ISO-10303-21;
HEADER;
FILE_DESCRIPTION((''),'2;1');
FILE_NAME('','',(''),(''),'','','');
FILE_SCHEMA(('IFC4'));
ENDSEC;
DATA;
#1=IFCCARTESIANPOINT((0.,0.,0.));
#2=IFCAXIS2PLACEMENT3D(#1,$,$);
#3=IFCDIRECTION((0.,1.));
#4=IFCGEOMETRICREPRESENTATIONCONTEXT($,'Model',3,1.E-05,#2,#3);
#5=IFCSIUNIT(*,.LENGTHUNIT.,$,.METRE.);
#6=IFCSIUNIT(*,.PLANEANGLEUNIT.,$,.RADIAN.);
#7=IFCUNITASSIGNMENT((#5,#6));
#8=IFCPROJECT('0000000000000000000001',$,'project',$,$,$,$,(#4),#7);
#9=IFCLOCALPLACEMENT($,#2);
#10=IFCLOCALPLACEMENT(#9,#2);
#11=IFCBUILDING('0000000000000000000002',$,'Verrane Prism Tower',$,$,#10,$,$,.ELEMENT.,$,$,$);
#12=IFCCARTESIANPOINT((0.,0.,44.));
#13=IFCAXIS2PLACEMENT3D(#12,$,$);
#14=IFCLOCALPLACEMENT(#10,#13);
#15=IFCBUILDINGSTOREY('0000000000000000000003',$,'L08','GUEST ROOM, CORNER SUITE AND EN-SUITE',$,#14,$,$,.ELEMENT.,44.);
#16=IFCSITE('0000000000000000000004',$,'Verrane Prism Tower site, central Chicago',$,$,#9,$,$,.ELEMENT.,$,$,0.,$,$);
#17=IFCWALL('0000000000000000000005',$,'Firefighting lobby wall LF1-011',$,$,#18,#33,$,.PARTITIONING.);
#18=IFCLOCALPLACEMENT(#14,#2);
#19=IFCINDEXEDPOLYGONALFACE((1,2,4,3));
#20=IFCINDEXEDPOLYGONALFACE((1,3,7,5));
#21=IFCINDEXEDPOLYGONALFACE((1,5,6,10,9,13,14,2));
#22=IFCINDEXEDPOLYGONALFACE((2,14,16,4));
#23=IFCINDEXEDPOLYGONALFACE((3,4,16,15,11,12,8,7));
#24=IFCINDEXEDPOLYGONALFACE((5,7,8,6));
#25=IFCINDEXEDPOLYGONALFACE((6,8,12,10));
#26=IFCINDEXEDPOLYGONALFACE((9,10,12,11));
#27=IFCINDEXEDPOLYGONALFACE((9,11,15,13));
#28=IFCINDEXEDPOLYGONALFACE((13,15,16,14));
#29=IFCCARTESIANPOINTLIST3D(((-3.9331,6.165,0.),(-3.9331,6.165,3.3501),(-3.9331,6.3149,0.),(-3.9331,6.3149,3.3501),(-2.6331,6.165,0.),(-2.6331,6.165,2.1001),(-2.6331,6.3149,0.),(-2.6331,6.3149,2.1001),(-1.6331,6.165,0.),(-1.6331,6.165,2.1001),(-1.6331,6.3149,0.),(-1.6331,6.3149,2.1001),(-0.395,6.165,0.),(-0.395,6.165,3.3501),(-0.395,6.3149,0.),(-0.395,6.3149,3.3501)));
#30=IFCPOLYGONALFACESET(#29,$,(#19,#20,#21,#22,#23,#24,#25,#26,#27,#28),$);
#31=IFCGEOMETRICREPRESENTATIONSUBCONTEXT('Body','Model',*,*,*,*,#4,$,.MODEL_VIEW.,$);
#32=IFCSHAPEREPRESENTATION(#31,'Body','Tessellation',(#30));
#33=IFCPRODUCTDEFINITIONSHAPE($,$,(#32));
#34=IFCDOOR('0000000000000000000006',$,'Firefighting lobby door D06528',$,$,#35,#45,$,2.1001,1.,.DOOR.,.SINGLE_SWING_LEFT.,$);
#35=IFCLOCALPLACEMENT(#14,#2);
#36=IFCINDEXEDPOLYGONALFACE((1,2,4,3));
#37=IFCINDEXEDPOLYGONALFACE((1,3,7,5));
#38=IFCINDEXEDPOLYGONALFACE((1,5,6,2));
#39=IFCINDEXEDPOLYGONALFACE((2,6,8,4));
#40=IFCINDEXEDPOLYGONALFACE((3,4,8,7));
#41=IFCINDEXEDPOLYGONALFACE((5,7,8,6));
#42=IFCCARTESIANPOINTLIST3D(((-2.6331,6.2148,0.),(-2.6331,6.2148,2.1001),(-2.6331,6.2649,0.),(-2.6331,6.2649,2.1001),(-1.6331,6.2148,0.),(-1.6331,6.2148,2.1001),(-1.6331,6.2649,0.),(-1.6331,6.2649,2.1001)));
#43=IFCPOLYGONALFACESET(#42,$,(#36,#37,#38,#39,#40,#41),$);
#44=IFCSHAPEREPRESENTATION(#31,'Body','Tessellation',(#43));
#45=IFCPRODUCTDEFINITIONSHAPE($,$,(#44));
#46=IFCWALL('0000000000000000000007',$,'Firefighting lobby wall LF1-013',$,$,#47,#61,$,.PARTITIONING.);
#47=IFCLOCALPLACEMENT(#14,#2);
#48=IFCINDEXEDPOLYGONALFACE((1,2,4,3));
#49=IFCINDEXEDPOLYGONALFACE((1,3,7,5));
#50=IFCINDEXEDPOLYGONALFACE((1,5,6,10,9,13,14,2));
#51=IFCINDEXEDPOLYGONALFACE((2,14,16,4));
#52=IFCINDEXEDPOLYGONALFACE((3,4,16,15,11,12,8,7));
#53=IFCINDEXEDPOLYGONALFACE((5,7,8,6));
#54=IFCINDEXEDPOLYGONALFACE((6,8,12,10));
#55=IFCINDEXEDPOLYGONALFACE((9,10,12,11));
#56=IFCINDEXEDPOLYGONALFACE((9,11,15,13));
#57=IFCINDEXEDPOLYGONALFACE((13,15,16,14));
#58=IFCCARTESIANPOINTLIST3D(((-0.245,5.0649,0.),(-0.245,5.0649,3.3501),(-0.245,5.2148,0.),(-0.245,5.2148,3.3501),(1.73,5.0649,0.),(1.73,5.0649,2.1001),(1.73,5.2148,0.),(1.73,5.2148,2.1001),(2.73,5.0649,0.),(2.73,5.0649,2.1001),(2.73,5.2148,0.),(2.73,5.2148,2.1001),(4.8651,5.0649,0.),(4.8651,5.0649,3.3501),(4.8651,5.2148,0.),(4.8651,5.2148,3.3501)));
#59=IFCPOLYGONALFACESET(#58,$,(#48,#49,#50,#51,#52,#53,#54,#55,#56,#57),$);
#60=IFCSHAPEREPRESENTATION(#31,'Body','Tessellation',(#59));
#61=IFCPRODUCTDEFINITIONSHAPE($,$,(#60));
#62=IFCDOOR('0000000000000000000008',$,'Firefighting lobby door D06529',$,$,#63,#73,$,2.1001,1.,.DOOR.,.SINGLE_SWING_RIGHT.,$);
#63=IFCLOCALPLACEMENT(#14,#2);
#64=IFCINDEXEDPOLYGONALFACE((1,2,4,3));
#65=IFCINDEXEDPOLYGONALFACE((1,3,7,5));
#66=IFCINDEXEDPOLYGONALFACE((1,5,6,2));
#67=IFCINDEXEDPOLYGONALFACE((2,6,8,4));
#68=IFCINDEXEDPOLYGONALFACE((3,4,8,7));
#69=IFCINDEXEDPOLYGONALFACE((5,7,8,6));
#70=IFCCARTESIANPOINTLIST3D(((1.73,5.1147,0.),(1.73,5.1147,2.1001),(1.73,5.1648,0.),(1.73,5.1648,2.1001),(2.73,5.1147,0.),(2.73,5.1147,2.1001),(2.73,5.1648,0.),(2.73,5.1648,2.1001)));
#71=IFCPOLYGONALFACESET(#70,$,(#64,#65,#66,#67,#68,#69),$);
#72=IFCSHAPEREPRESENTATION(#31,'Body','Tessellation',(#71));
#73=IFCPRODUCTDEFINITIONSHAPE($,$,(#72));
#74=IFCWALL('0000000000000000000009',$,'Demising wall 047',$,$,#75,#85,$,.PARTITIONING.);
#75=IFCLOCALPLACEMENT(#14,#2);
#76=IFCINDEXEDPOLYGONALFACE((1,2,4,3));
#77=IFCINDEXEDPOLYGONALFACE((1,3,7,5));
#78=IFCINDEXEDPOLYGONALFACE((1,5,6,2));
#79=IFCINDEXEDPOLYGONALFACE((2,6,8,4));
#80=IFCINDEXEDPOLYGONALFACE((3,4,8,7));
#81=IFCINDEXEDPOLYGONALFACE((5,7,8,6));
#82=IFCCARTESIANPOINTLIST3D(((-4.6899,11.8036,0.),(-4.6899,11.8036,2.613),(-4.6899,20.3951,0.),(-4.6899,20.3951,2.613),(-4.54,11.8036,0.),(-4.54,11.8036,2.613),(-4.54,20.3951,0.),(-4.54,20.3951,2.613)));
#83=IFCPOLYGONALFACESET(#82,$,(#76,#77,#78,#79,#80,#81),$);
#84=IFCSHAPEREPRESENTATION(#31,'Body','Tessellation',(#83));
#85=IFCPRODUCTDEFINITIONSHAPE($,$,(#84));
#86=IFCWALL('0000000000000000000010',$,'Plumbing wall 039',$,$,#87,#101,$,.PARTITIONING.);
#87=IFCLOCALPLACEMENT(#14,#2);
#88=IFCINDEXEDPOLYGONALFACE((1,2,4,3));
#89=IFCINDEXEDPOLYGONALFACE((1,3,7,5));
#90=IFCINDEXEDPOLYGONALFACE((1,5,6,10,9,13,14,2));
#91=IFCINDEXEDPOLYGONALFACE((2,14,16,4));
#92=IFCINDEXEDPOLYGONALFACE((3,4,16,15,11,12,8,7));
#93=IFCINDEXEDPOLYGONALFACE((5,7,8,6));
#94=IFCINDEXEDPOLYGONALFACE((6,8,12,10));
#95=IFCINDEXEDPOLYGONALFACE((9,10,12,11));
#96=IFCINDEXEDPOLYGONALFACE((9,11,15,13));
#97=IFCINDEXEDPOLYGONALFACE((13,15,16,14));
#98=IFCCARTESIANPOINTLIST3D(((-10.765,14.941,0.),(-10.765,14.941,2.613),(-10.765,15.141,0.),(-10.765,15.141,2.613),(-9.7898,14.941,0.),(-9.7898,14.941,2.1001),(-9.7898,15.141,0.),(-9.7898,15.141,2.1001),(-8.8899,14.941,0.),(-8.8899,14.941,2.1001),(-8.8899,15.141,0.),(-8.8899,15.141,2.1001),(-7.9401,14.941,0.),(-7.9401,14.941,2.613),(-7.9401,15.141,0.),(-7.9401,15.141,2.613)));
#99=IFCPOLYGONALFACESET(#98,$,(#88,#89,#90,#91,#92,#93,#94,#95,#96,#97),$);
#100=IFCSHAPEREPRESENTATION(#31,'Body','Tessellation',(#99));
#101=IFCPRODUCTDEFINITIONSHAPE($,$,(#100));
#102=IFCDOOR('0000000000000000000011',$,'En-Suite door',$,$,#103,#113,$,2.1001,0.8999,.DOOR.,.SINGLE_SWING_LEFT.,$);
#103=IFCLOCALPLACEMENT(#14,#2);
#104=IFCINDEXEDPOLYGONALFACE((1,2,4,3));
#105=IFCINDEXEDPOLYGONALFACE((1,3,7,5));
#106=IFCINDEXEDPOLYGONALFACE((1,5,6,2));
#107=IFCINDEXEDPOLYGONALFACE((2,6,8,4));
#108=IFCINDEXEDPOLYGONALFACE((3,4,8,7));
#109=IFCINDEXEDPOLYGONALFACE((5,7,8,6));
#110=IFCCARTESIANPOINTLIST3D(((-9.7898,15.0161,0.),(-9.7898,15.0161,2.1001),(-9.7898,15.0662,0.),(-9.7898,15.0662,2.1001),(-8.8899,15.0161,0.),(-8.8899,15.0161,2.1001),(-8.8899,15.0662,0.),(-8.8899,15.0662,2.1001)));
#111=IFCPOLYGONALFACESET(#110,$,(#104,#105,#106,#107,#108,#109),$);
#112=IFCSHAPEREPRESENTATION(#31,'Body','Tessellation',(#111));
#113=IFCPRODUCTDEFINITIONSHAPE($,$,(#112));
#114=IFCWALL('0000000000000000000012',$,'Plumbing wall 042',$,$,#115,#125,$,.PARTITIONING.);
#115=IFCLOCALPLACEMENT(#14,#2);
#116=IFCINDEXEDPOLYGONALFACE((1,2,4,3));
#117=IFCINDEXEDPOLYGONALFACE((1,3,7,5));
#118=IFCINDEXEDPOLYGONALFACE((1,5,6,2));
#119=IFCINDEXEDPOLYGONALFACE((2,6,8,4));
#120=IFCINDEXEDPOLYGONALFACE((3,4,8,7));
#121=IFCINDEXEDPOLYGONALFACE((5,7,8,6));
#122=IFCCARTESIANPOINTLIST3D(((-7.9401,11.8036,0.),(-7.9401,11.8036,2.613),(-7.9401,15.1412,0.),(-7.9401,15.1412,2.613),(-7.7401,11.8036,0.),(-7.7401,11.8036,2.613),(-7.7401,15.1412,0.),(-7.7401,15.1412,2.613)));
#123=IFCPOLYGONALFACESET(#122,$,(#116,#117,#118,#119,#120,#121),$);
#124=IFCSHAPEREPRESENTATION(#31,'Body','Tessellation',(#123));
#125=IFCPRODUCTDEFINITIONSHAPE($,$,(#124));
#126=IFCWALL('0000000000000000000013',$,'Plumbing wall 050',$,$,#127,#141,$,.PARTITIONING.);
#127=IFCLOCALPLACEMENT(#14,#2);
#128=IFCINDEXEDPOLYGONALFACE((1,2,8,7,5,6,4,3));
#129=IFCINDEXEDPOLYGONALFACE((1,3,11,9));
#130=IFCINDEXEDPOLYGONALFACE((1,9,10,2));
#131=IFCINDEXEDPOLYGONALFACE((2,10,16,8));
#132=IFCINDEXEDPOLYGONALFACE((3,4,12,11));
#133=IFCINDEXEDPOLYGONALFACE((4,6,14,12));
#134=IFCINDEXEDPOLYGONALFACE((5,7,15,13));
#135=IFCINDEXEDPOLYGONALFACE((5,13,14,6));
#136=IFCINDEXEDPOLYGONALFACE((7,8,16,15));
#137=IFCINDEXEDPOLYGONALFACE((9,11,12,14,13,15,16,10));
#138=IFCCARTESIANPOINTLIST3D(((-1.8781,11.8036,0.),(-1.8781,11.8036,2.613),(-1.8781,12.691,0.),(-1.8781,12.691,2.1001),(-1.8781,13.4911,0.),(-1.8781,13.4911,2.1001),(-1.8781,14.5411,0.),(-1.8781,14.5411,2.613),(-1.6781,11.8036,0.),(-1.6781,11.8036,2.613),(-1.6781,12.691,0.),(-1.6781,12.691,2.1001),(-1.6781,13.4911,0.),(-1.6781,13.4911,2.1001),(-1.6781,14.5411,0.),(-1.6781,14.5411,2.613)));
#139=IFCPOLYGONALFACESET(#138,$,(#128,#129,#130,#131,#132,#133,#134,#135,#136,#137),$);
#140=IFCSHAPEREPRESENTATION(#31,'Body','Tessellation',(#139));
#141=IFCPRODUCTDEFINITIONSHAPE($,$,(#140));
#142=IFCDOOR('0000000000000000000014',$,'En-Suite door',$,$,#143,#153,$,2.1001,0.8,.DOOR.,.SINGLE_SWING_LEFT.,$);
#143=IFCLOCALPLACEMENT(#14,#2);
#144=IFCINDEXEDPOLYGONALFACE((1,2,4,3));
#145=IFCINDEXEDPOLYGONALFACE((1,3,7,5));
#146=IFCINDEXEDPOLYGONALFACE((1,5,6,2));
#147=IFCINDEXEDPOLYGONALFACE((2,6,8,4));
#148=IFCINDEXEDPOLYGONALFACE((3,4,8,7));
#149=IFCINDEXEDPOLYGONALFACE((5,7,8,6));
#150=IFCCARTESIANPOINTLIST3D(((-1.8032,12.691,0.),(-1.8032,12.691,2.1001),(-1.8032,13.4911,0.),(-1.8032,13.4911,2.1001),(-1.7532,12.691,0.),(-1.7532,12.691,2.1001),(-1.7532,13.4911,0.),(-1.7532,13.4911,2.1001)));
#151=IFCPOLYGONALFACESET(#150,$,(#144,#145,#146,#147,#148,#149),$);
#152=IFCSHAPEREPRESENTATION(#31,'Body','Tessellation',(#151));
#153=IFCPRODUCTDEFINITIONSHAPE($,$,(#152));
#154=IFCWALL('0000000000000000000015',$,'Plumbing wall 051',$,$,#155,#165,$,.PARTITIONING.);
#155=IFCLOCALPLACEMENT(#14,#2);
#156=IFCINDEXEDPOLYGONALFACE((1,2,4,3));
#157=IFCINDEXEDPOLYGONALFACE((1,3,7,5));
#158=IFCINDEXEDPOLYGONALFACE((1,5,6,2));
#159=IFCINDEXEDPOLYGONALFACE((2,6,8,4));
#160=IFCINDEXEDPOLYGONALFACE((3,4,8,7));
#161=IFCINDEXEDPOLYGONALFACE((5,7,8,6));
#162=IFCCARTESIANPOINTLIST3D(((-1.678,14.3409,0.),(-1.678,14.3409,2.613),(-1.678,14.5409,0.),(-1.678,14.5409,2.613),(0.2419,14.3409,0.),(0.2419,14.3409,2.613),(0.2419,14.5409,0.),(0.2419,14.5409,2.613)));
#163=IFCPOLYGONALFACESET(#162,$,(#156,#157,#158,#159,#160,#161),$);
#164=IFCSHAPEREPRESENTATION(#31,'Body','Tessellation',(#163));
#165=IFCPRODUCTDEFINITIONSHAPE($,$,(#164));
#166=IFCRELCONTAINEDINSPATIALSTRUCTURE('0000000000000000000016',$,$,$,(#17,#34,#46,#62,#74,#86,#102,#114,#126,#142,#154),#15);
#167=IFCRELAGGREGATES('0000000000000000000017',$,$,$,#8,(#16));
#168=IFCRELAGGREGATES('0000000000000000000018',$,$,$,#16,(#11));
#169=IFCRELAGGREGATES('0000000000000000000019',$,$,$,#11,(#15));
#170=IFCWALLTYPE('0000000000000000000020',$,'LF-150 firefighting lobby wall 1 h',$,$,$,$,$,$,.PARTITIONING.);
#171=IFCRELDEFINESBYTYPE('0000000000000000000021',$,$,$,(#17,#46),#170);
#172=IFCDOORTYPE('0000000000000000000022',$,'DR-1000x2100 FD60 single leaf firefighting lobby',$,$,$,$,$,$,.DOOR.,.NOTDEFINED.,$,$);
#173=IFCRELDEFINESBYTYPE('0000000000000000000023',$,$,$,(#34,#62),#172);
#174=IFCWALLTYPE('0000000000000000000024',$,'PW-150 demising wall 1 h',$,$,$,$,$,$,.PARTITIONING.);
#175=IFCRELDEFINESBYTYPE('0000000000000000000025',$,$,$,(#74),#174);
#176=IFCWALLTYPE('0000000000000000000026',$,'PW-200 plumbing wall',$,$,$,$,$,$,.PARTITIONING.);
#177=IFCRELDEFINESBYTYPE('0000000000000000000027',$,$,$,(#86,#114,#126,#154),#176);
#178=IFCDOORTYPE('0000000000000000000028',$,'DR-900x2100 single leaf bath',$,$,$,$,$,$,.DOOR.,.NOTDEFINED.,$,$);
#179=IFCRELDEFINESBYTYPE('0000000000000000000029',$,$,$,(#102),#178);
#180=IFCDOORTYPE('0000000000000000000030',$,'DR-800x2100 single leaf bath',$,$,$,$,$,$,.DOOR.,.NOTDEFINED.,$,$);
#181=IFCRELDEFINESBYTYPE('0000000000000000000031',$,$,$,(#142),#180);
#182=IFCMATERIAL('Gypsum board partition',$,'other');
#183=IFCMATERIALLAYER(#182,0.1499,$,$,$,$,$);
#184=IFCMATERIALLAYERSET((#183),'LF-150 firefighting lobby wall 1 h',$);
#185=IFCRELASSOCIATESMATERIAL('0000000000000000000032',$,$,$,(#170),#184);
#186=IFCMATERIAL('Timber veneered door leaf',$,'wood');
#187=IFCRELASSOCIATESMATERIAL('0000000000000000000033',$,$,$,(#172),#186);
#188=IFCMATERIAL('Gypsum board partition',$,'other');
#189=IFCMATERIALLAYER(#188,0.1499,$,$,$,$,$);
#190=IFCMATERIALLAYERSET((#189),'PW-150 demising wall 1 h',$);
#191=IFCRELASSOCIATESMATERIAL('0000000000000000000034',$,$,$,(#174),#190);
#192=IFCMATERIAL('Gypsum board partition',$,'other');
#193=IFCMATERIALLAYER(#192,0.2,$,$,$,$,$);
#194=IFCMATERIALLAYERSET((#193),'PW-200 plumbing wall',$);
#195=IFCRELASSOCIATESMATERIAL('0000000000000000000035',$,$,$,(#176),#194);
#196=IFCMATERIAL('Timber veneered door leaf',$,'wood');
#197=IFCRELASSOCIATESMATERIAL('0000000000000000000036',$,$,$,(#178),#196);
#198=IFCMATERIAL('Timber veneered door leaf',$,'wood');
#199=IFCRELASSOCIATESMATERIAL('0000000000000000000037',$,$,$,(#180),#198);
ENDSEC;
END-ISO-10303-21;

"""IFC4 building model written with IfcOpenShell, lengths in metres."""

from ifc_helpers import new_model, si_unit, direction, frame, frame_2d, origin, place, context, subcontext, project, spatial, rectangle, extrude, material, layer, layer_set, type_object, element, fill, save


model = new_model("IFC4")

# Units and contexts
model_context = context("Model", 3, precision=1e-05, world=origin(), true_north=direction((0.0, 1.0)))
body_context = subcontext(model_context, "Body", "Model", "MODEL_VIEW")
ifc_project = project(units=[si_unit("LENGTHUNIT", "METRE"), si_unit("PLANEANGLEUNIT", "RADIAN")], contexts=[model_context])

# Site, building, storey
site_placement = place(None, origin())
site = spatial("IfcSite", under=ifc_project, at=site_placement, Name="Verrane Prism Tower site, central Chicago", CompositionType="ELEMENT", RefElevation=0.0)
building_placement = place(site_placement, origin())
building = spatial("IfcBuilding", under=site, at=building_placement, Name="Verrane Prism Tower", CompositionType="ELEMENT")
storey_placement = place(building_placement, frame((0.0, 0.0, 44.0)))
storey = spatial("IfcBuildingStorey", under=building, at=storey_placement, Name="L08", Description="GUEST ROOM, CORNER SUITE AND EN-SUITE", CompositionType="ELEMENT", Elevation=44.0)

# Walls, openings, doors
ifc_material_1 = material(Name="Gypsum board partition", Category="other")
ifc_layer_1 = layer(ifc_material_1, 0.1499)
ifc_layer_set_1 = layer_set([ifc_layer_1], Name="LF-150 firefighting lobby wall 1 h")
wall_type_1 = type_object("IfcWallType", Name="LF-150 firefighting lobby wall 1 h", PredefinedType="PARTITIONING", material=ifc_layer_set_1)
wall_1_placement = place(storey_placement, frame((-3.9331, 6.24, 0.0), z_axis=(0.0, 0.0, 1.0), x_axis=(1.0, 0.0, 0.0)))
wall_1 = element("IfcWall", 1, at=wall_1_placement, inside=storey, type_object=wall_type_1, Name="Firefighting lobby wall LF1-011", PredefinedType="PARTITIONING", context=body_context, shape_type="SweptSolid", body=[
    extrude(rectangle(XDim=3.5381, YDim=0.1499, at=frame_2d((1.769, 0.0))), origin(), (0.0, 0.0, 1.0), 3.3501),
])
opening_1_placement = place(wall_1_placement, frame((1.3, 0.0, 0.0)))
opening_1 = element("IfcOpeningElement", 2, at=opening_1_placement, cuts=wall_1, PredefinedType="OPENING", context=body_context, shape_type="SweptSolid", body=[
    extrude(rectangle(XDim=1.0, YDim=2.1001, at=frame_2d((0.5, 1.05))), frame((0.0, 0.085, 0.0), z_axis=(0.0, -1.0, 0.0), x_axis=(1.0, 0.0, 0.0)), (0.0, 0.0, 1.0), 0.1699),
])
ifc_material_2 = material(Name="Timber veneered door leaf", Category="wood")
door_type_1 = type_object("IfcDoorType", Name="DR-1000x2100 FD60 single leaf firefighting lobby", OperationType="NOTDEFINED", PredefinedType="DOOR", material=ifc_material_2)
door_1_placement = place(opening_1_placement, origin())
door_1 = element("IfcDoor", 3, at=door_1_placement, inside=storey, type_object=door_type_1, Name="Firefighting lobby door D06528", OperationType="SINGLE_SWING_LEFT", OverallHeight=2.1001, OverallWidth=1.0, PredefinedType="DOOR", context=body_context, shape_type="SweptSolid", body=[
    extrude(rectangle(XDim=1.0, YDim=2.1001, at=frame_2d((0.5, 1.05))), frame((0.0, 0.0249, 0.0), z_axis=(0.0, -1.0, 0.0), x_axis=(1.0, 0.0, 0.0)), (0.0, 0.0, 1.0), 0.05),
])
fill(opening_1, door_1)
wall_2_placement = place(storey_placement, frame((-0.2451, 5.1399, 0.0), z_axis=(0.0, 0.0, 1.0), x_axis=(1.0, 0.0, 0.0)))
wall_2 = element("IfcWall", 4, at=wall_2_placement, inside=storey, type_object=wall_type_1, Name="Firefighting lobby wall LF1-013", PredefinedType="PARTITIONING", context=body_context, shape_type="SweptSolid", body=[
    extrude(rectangle(XDim=5.1101, YDim=0.1499, at=frame_2d((2.5552, 0.0))), origin(), (0.0, 0.0, 1.0), 3.3501),
])
opening_2_placement = place(wall_2_placement, frame((1.9751, 0.0, 0.0)))
opening_2 = element("IfcOpeningElement", 5, at=opening_2_placement, cuts=wall_2, PredefinedType="OPENING", context=body_context, shape_type="SweptSolid", body=[
    extrude(rectangle(XDim=1.0, YDim=2.1001, at=frame_2d((0.5, 1.05))), frame((0.0, 0.085, 0.0), z_axis=(0.0, -1.0, 0.0), x_axis=(1.0, 0.0, 0.0)), (0.0, 0.0, 1.0), 0.1699),
])
door_2_placement = place(opening_2_placement, origin())
door_2 = element("IfcDoor", 6, at=door_2_placement, inside=storey, type_object=door_type_1, Name="Firefighting lobby door D06529", OperationType="SINGLE_SWING_RIGHT", OverallHeight=2.1001, OverallWidth=1.0, PredefinedType="DOOR", context=body_context, shape_type="SweptSolid", body=[
    extrude(rectangle(XDim=1.0, YDim=2.1001, at=frame_2d((0.5, 1.05))), frame((0.0, 0.0249, 0.0), z_axis=(0.0, -1.0, 0.0), x_axis=(1.0, 0.0, 0.0)), (0.0, 0.0, 1.0), 0.05),
])
fill(opening_2, door_2)

# Wall
ifc_material_3 = material(Name="Gypsum board partition", Category="other")
ifc_layer_2 = layer(ifc_material_3, 0.1499)
ifc_layer_set_2 = layer_set([ifc_layer_2], Name="PW-150 demising wall 1 h")
wall_type_2 = type_object("IfcWallType", Name="PW-150 demising wall 1 h", PredefinedType="PARTITIONING", material=ifc_layer_set_2)
wall_3_placement = place(storey_placement, frame((-4.615, 11.8035, 0.0), z_axis=(0.0, 0.0, 1.0), x_axis=(0.0, 1.0, 0.0)))
element("IfcWall", 7, at=wall_3_placement, inside=storey, type_object=wall_type_2, Name="Demising wall 047", PredefinedType="PARTITIONING", context=body_context, shape_type="SweptSolid", body=[
    extrude(rectangle(XDim=8.5916, YDim=0.1499, at=frame_2d((4.2959, 0.0))), origin(), (0.0, 0.0, 1.0), 2.613),
])

# Wall, opening, door
ifc_material_4 = material(Name="Gypsum board partition", Category="other")
ifc_layer_3 = layer(ifc_material_4, 0.2)
ifc_layer_set_3 = layer_set([ifc_layer_3], Name="PW-200 plumbing wall")
wall_type_3 = type_object("IfcWallType", Name="PW-200 plumbing wall", PredefinedType="PARTITIONING", material=ifc_layer_set_3)
wall_4_placement = place(storey_placement, frame((-7.9399, 15.041, 0.0), z_axis=(0.0, 0.0, 1.0), x_axis=(-1.0, 0.0, 0.0)))
wall_4 = element("IfcWall", 8, at=wall_4_placement, inside=storey, type_object=wall_type_3, Name="Plumbing wall 039", PredefinedType="PARTITIONING", context=body_context, shape_type="SweptSolid", body=[
    extrude(rectangle(XDim=2.825, YDim=0.2, at=frame_2d((1.4126, 0.0))), origin(), (0.0, 0.0, 1.0), 2.613),
])
opening_3_placement = place(wall_4_placement, frame((0.95, 0.0, 0.0)))
opening_3 = element("IfcOpeningElement", 9, at=opening_3_placement, cuts=wall_4, PredefinedType="OPENING", context=body_context, shape_type="SweptSolid", body=[
    extrude(rectangle(XDim=0.8999, YDim=2.1001, at=frame_2d((0.45, 1.05))), frame((0.0, 0.1099, 0.0), z_axis=(0.0, -1.0, 0.0), x_axis=(1.0, 0.0, 0.0)), (0.0, 0.0, 1.0), 0.22),
])
ifc_material_5 = material(Name="Timber veneered door leaf", Category="wood")
door_type_2 = type_object("IfcDoorType", Name="DR-900x2100 single leaf bath", OperationType="NOTDEFINED", PredefinedType="DOOR", material=ifc_material_5)
door_3_placement = place(opening_3_placement, origin())
door_3 = element("IfcDoor", 10, at=door_3_placement, inside=storey, type_object=door_type_2, Name="En-Suite door", OperationType="SINGLE_SWING_LEFT", OverallHeight=2.1001, OverallWidth=0.8999, PredefinedType="DOOR", context=body_context, shape_type="SweptSolid", body=[
    extrude(rectangle(XDim=0.8999, YDim=2.1001, at=frame_2d((0.45, 1.05))), frame((0.0, 0.0249, 0.0), z_axis=(0.0, -1.0, 0.0), x_axis=(1.0, 0.0, 0.0)), (0.0, 0.0, 1.0), 0.05),
])
fill(opening_3, door_3)

# Wall
wall_5_placement = place(storey_placement, frame((-7.8401, 11.8035, 0.0), z_axis=(0.0, 0.0, 1.0), x_axis=(0.0, 1.0, 0.0)))
element("IfcWall", 11, at=wall_5_placement, inside=storey, type_object=wall_type_3, Name="Plumbing wall 042", PredefinedType="PARTITIONING", context=body_context, shape_type="SweptSolid", body=[
    extrude(rectangle(XDim=3.3376, YDim=0.2, at=frame_2d((1.6689, 0.0))), origin(), (0.0, 0.0, 1.0), 2.613),
])

# Wall, opening, door
wall_6_placement = place(storey_placement, frame((-1.7781, 14.541, 0.0), z_axis=(0.0, 0.0, 1.0), x_axis=(0.0, -1.0, 0.0)))
wall_6 = element("IfcWall", 12, at=wall_6_placement, inside=storey, type_object=wall_type_3, Name="Plumbing wall 050", PredefinedType="PARTITIONING", context=body_context, shape_type="SweptSolid", body=[
    extrude(rectangle(XDim=2.7375, YDim=0.2, at=frame_2d((1.3687, 0.0))), origin(), (0.0, 0.0, 1.0), 2.613),
])
opening_4_placement = place(wall_6_placement, frame((1.05, 0.0, 0.0)))
opening_4 = element("IfcOpeningElement", 13, at=opening_4_placement, cuts=wall_6, PredefinedType="OPENING", context=body_context, shape_type="SweptSolid", body=[
    extrude(rectangle(XDim=0.8, YDim=2.1001, at=frame_2d((0.3999, 1.05))), frame((0.0, 0.1099, 0.0), z_axis=(0.0, -1.0, 0.0), x_axis=(1.0, 0.0, 0.0)), (0.0, 0.0, 1.0), 0.22),
])
ifc_material_6 = material(Name="Timber veneered door leaf", Category="wood")
door_type_3 = type_object("IfcDoorType", Name="DR-800x2100 single leaf bath", OperationType="NOTDEFINED", PredefinedType="DOOR", material=ifc_material_6)
door_4_placement = place(opening_4_placement, origin())
door_4 = element("IfcDoor", 14, at=door_4_placement, inside=storey, type_object=door_type_3, Name="En-Suite door", OperationType="SINGLE_SWING_LEFT", OverallHeight=2.1001, OverallWidth=0.8, PredefinedType="DOOR", context=body_context, shape_type="SweptSolid", body=[
    extrude(rectangle(XDim=0.8, YDim=2.1001, at=frame_2d((0.3999, 1.05))), frame((0.0, 0.0249, 0.0), z_axis=(0.0, -1.0, 0.0), x_axis=(1.0, 0.0, 0.0)), (0.0, 0.0, 1.0), 0.05),
])
fill(opening_4, door_4)

# Wall
wall_7_placement = place(storey_placement, frame((-1.678, 14.4409, 0.0), z_axis=(0.0, 0.0, 1.0), x_axis=(1.0, 0.0, 0.0)))
element("IfcWall", 15, at=wall_7_placement, inside=storey, type_object=wall_type_3, Name="Plumbing wall 051", PredefinedType="PARTITIONING", context=body_context, shape_type="SweptSolid", body=[
    extrude(rectangle(XDim=1.9199, YDim=0.2, at=frame_2d((0.96, 0.0))), origin(), (0.0, 0.0, 1.0), 2.613),
])

save(model, "model.ifc")
